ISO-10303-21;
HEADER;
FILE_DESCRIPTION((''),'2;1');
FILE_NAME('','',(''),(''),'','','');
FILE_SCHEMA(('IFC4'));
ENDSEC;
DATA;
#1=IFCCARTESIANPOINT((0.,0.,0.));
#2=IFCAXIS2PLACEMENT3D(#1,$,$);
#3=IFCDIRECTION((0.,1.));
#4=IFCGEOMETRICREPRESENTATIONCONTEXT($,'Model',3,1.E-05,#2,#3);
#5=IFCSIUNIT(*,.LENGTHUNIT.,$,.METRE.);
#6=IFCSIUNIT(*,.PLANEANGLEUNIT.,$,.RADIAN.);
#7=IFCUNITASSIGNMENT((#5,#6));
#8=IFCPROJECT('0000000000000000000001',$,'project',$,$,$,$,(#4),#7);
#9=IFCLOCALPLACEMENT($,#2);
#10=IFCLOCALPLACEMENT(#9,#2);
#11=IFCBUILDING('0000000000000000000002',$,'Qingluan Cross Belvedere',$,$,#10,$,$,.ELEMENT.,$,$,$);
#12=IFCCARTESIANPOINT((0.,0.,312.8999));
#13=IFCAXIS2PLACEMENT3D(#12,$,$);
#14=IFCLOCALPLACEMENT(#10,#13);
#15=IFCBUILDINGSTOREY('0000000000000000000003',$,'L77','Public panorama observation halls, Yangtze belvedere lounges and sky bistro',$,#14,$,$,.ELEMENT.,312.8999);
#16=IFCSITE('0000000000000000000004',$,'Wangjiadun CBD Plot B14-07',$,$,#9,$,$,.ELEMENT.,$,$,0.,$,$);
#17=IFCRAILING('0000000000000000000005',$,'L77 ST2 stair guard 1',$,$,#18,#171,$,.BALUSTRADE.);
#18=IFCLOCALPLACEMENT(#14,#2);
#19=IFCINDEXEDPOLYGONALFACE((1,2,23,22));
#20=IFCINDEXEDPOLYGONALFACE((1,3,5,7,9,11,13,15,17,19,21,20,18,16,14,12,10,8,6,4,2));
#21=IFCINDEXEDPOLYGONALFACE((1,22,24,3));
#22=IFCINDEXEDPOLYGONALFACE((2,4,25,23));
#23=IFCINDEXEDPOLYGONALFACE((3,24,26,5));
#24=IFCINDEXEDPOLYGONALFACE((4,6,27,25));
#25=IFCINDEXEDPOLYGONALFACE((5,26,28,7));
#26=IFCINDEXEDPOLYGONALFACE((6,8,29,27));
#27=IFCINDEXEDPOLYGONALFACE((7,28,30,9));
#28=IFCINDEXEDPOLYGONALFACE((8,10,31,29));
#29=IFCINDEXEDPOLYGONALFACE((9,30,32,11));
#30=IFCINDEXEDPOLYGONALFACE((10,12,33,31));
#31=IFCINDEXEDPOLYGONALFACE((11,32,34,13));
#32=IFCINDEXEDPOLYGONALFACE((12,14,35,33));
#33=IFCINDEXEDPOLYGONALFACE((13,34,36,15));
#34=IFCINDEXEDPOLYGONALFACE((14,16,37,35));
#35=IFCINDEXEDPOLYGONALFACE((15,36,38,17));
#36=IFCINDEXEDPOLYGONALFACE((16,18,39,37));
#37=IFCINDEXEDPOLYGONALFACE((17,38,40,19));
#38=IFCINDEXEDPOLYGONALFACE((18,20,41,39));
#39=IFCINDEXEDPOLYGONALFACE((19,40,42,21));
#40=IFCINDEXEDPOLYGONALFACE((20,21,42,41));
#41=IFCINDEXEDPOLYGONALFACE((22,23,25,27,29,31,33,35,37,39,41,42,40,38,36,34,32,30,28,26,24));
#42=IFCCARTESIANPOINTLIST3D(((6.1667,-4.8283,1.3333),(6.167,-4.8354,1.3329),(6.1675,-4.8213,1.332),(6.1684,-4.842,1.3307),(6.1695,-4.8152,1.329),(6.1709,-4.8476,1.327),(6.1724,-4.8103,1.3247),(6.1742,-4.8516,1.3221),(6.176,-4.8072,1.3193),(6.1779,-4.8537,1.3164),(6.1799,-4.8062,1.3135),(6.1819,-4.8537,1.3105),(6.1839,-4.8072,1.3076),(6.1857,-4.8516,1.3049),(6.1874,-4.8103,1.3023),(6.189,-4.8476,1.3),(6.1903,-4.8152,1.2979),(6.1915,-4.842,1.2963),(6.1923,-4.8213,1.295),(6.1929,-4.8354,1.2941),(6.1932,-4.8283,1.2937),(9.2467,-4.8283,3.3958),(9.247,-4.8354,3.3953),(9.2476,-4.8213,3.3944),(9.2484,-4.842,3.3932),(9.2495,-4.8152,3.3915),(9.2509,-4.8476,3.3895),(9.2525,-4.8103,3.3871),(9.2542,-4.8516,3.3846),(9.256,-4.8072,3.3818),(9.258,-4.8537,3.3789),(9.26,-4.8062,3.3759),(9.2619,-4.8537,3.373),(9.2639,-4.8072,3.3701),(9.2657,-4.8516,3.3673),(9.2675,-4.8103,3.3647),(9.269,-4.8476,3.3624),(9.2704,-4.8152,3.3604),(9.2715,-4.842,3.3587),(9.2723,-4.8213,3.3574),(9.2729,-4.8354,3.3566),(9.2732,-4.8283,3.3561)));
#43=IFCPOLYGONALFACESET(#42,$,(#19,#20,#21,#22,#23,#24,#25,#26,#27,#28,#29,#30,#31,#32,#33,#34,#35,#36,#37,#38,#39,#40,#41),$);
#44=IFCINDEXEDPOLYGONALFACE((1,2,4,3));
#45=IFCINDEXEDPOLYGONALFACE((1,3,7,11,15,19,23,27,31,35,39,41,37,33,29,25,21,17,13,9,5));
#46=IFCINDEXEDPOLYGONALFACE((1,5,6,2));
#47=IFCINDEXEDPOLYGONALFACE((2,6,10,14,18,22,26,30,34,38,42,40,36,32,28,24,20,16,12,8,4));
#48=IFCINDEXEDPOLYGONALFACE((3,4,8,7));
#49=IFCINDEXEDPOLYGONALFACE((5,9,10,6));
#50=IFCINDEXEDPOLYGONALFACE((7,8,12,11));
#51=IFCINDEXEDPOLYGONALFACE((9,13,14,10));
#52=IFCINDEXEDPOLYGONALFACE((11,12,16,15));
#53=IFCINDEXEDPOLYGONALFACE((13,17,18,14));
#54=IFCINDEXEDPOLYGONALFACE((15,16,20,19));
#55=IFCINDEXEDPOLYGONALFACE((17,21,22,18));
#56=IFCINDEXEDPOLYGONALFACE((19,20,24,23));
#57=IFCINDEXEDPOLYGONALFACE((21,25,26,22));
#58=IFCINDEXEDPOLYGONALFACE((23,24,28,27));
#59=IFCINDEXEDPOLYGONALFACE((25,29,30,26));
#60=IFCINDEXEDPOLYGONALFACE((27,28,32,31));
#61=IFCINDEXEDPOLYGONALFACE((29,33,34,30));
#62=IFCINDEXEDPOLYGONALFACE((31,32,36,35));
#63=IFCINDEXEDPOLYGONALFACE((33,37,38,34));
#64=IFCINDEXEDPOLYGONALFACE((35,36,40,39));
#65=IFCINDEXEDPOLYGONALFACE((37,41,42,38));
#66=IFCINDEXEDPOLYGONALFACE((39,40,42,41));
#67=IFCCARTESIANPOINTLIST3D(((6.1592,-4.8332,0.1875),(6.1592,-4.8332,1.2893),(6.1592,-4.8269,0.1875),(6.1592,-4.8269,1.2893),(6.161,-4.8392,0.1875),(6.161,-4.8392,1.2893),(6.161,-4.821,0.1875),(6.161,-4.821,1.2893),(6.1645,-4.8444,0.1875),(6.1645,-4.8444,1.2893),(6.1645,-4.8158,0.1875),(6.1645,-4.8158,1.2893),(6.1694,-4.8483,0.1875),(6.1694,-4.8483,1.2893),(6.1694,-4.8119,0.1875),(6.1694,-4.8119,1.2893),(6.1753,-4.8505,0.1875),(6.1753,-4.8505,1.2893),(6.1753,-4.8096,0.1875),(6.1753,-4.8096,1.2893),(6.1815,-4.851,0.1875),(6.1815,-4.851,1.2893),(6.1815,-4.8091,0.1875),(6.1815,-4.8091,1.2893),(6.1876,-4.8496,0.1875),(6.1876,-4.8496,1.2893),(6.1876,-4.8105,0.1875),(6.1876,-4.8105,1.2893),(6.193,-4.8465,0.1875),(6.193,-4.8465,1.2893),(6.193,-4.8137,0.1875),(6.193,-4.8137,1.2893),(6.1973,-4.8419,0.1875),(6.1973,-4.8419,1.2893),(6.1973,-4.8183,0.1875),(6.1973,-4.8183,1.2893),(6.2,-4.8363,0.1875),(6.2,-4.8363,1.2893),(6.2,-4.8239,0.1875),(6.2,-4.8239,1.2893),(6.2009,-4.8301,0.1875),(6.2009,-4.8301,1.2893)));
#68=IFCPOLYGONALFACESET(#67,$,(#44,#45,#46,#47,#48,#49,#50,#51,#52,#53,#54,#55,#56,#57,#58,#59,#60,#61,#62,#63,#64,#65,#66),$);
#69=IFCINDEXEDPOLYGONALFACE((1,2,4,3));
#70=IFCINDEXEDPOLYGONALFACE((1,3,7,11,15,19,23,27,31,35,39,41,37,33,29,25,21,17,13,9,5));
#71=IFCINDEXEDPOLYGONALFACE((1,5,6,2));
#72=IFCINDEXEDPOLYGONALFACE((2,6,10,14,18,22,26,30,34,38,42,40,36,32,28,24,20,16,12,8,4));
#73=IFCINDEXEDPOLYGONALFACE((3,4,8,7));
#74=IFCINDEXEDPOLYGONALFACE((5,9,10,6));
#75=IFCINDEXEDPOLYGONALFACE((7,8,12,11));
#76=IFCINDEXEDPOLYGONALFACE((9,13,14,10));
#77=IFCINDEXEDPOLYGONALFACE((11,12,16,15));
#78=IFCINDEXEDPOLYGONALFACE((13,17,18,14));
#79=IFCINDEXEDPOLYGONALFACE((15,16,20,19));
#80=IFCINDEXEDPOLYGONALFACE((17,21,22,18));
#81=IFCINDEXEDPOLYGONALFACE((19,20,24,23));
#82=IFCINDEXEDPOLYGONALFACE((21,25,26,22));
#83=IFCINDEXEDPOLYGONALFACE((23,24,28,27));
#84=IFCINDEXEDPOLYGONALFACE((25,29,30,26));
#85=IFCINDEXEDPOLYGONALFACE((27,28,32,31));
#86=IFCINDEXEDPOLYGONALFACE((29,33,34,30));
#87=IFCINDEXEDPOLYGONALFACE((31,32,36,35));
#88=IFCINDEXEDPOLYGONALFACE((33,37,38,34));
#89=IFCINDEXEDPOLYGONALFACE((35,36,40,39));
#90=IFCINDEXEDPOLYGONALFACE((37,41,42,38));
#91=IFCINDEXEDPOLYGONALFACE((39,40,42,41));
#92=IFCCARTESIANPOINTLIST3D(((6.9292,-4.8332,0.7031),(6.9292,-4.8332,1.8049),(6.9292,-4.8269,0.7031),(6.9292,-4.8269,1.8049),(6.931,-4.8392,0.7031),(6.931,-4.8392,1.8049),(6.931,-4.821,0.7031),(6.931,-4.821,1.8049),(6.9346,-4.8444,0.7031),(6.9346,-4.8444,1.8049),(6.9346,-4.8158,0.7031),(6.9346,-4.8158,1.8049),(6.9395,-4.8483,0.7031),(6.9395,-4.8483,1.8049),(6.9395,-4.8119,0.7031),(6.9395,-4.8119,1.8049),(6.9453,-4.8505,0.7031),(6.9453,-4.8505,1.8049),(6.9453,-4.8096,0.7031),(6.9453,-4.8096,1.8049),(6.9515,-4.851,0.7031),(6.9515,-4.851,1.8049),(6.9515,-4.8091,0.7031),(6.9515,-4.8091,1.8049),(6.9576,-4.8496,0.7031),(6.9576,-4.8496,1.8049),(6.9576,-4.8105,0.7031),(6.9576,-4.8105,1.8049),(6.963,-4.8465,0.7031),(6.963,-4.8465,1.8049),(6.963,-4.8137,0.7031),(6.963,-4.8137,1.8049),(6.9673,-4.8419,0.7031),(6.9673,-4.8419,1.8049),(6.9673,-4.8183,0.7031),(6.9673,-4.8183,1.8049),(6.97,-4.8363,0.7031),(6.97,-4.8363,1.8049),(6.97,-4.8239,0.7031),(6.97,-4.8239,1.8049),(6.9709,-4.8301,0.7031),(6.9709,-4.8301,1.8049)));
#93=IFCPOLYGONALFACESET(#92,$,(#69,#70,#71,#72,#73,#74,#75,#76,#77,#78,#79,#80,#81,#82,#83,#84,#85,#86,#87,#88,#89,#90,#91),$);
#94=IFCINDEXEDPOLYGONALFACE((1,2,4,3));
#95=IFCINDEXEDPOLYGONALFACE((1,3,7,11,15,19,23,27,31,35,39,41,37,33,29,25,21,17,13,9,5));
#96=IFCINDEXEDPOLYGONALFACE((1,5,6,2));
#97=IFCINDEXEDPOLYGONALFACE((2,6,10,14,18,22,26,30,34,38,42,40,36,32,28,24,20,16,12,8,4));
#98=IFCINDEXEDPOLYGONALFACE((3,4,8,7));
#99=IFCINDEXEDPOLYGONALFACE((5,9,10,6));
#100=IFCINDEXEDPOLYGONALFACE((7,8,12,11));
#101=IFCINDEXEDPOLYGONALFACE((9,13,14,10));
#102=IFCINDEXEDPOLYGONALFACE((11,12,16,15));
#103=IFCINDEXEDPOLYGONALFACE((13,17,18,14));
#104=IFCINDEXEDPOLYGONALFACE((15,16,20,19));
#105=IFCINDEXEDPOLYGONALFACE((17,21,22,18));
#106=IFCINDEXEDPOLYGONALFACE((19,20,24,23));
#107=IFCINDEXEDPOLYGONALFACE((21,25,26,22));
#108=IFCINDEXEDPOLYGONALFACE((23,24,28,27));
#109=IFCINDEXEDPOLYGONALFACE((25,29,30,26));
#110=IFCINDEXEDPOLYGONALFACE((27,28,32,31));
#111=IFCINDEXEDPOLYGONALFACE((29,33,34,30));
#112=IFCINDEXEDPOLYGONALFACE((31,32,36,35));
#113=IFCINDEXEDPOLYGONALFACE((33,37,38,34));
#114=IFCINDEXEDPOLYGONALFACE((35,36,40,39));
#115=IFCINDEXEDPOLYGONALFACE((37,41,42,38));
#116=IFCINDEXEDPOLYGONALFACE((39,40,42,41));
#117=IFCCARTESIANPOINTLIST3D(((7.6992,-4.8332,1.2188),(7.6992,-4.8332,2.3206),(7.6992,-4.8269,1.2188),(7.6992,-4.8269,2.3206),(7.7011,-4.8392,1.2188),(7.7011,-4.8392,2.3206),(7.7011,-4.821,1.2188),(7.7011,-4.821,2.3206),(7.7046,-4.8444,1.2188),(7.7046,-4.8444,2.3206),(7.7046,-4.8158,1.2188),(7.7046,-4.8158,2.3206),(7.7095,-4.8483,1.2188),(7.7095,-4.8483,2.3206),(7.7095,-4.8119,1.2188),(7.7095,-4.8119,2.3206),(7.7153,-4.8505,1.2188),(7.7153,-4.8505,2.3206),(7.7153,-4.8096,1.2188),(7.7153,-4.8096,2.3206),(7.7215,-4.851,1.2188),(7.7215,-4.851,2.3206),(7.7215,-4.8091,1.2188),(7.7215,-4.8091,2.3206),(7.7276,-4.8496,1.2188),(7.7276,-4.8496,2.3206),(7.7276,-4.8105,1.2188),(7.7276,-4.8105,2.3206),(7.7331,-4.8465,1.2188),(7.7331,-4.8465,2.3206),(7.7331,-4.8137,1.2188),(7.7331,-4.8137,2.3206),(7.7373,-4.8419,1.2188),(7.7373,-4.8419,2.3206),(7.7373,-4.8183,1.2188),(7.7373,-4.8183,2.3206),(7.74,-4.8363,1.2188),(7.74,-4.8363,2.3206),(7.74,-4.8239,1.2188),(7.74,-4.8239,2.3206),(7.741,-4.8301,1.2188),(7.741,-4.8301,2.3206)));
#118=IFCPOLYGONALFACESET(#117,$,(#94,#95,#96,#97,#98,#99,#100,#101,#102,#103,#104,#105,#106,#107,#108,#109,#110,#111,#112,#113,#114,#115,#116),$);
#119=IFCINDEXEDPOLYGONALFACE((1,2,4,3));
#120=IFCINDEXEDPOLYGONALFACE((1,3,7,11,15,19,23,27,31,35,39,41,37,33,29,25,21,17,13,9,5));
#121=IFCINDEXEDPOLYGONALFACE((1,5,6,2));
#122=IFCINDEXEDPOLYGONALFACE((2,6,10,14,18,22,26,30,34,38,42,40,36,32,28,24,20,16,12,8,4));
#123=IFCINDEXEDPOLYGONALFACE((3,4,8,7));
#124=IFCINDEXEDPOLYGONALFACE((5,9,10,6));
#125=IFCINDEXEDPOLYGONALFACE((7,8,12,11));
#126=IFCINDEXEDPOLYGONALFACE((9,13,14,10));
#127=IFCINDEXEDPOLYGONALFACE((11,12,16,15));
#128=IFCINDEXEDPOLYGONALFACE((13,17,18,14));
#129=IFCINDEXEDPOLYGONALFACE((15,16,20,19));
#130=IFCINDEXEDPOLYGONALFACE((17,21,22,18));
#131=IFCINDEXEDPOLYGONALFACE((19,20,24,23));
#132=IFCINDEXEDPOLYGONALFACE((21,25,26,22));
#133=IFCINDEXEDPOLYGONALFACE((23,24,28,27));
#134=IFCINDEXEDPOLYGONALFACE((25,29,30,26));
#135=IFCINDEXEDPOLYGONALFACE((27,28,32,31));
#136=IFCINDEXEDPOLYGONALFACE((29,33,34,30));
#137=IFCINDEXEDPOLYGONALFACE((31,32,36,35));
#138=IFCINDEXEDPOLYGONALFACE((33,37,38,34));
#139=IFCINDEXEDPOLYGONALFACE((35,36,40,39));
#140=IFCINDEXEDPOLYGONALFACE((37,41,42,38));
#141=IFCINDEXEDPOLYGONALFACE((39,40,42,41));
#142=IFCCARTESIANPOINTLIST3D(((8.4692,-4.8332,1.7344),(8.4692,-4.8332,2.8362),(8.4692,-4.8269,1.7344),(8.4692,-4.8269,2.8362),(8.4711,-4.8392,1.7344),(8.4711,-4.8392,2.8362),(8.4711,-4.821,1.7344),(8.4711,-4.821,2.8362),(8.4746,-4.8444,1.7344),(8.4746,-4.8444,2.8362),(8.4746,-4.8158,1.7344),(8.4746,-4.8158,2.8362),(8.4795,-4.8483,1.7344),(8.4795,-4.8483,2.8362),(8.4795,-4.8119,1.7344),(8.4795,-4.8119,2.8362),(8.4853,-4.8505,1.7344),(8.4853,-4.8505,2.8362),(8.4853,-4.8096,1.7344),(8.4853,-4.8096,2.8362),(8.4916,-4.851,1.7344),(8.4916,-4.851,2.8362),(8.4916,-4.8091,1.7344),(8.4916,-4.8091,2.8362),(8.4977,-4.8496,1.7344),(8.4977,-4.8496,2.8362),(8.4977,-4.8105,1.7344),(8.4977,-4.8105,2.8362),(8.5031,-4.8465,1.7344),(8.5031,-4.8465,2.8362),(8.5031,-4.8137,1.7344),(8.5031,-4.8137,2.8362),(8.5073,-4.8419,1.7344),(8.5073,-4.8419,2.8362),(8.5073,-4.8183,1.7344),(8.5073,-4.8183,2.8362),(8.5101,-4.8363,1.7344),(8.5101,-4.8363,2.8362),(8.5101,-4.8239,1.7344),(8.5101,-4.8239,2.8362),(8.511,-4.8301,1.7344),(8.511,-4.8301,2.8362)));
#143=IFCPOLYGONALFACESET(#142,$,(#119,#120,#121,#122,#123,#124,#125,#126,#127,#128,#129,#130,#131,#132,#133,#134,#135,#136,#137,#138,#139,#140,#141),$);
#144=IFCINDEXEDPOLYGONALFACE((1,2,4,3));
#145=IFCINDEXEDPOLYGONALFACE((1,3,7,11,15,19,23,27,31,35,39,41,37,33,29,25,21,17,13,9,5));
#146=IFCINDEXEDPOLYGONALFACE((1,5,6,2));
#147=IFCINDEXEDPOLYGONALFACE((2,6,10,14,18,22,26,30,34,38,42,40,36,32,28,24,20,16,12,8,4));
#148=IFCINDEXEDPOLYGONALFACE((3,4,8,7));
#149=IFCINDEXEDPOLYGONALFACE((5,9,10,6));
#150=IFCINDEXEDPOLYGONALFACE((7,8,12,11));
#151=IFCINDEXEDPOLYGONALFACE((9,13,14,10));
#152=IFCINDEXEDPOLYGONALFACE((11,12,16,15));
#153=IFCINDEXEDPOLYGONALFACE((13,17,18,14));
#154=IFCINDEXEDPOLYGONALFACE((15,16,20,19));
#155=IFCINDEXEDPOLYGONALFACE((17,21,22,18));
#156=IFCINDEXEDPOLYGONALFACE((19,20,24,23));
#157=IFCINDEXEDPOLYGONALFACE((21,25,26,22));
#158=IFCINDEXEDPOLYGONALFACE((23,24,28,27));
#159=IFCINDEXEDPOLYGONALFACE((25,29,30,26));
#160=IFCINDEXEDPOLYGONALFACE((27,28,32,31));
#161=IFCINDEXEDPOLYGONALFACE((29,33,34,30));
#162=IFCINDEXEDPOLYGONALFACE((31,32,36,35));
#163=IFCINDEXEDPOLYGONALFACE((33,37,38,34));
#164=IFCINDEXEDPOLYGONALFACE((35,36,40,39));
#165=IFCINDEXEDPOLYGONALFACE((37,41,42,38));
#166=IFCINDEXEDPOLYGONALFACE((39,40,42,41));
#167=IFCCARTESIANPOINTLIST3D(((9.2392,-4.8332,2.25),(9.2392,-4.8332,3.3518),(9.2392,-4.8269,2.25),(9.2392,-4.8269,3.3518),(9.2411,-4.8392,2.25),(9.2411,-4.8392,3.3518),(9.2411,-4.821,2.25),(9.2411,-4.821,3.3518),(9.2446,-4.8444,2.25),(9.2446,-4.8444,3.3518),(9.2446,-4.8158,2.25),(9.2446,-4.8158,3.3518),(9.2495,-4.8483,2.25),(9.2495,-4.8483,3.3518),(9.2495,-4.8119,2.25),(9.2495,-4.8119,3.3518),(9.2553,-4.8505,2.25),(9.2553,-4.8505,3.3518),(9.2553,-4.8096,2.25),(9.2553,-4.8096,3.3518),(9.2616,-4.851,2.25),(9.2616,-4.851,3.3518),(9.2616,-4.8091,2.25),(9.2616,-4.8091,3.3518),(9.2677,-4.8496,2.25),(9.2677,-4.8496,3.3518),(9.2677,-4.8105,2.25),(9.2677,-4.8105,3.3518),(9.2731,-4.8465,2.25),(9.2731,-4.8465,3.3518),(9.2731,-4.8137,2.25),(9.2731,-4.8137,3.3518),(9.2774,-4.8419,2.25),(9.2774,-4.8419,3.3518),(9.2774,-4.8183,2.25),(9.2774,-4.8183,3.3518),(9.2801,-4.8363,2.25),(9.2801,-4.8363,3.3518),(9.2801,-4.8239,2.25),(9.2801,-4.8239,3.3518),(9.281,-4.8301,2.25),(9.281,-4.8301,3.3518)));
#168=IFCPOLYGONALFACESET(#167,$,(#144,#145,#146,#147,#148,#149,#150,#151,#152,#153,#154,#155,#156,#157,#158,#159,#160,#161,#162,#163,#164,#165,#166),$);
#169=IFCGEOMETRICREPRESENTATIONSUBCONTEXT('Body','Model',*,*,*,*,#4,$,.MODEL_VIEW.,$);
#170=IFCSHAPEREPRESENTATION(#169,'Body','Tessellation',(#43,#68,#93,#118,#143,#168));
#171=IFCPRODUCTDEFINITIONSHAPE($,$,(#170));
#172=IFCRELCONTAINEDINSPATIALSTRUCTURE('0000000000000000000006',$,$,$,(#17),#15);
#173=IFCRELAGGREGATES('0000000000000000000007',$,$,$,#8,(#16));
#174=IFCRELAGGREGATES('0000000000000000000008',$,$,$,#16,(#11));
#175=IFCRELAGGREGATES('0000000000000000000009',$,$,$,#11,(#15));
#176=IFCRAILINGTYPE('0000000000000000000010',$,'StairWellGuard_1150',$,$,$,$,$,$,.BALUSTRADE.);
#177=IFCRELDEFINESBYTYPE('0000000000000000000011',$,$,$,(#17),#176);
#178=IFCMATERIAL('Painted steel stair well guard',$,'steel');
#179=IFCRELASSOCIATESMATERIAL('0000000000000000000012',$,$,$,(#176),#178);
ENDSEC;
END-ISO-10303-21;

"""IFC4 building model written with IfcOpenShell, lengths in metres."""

from ifc_helpers import new_model, si_unit, direction, frame, origin, origin_2d, place, context, subcontext, project, spatial, circle, extrude, material, type_object, element, save


model = new_model("IFC4")

# Units and contexts
model_context = context("Model", 3, precision=1e-05, world=origin(), true_north=direction((0.0, 1.0)))
body_context = subcontext(model_context, "Body", "Model", "MODEL_VIEW")
ifc_project = project(units=[si_unit("LENGTHUNIT", "METRE"), si_unit("PLANEANGLEUNIT", "RADIAN")], contexts=[model_context])

# Site, building, storey
site_placement = place(None, origin())
site = spatial("IfcSite", under=ifc_project, at=site_placement, Name="Wangjiadun CBD Plot B14-07", CompositionType="ELEMENT", RefElevation=0.0)
building_placement = place(site_placement, origin())
building = spatial("IfcBuilding", under=site, at=building_placement, Name="Qingluan Cross Belvedere", CompositionType="ELEMENT")
storey_placement = place(building_placement, frame((0.0, 0.0, 312.8999)))
storey = spatial("IfcBuildingStorey", under=building, at=storey_placement, Name="L77", Description="Public panorama observation halls, Yangtze belvedere lounges and sky bistro", CompositionType="ELEMENT", Elevation=312.8999)

# Railing
ifc_material_1 = material(Name="Painted steel stair well guard", Category="steel")
railing_type_1 = type_object("IfcRailingType", Name="StairWellGuard_1150", PredefinedType="BALUSTRADE", material=ifc_material_1)
railing_1_placement = place(storey_placement, frame((6.1799, -4.8301, 0.1875)))
element("IfcRailing", 1, at=railing_1_placement, inside=storey, type_object=railing_type_1, Name="L77 ST2 stair guard 1", PredefinedType="BALUSTRADE", context=body_context, shape_type="SweptSolid", body=[
    extrude(circle(Radius=0.0239, at=origin_2d()), frame((0.0, 0.0, 1.126), z_axis=(0.830914, 0.0, 0.556401), x_axis=(0.0, 1.0, 0.0)), (0.0, 0.0, 1.0), 3.7068),
    extrude(circle(Radius=0.021, at=origin_2d()), origin(), (0.0, 0.0, 1.0), 1.1018),
    extrude(circle(Radius=0.021, at=origin_2d()), frame((0.77, 0.0, 0.5156)), (0.0, 0.0, 1.0), 1.1018),
    extrude(circle(Radius=0.021, at=origin_2d()), frame((1.54, 0.0, 1.0312)), (0.0, 0.0, 1.0), 1.1018),
    extrude(circle(Radius=0.021, at=origin_2d()), frame((2.3101, 0.0, 1.5469)), (0.0, 0.0, 1.0), 1.1018),
    extrude(circle(Radius=0.021, at=origin_2d()), frame((3.0801, 0.0, 2.0625)), (0.0, 0.0, 1.0), 1.1018),
])

save(model, "model.ifc")
